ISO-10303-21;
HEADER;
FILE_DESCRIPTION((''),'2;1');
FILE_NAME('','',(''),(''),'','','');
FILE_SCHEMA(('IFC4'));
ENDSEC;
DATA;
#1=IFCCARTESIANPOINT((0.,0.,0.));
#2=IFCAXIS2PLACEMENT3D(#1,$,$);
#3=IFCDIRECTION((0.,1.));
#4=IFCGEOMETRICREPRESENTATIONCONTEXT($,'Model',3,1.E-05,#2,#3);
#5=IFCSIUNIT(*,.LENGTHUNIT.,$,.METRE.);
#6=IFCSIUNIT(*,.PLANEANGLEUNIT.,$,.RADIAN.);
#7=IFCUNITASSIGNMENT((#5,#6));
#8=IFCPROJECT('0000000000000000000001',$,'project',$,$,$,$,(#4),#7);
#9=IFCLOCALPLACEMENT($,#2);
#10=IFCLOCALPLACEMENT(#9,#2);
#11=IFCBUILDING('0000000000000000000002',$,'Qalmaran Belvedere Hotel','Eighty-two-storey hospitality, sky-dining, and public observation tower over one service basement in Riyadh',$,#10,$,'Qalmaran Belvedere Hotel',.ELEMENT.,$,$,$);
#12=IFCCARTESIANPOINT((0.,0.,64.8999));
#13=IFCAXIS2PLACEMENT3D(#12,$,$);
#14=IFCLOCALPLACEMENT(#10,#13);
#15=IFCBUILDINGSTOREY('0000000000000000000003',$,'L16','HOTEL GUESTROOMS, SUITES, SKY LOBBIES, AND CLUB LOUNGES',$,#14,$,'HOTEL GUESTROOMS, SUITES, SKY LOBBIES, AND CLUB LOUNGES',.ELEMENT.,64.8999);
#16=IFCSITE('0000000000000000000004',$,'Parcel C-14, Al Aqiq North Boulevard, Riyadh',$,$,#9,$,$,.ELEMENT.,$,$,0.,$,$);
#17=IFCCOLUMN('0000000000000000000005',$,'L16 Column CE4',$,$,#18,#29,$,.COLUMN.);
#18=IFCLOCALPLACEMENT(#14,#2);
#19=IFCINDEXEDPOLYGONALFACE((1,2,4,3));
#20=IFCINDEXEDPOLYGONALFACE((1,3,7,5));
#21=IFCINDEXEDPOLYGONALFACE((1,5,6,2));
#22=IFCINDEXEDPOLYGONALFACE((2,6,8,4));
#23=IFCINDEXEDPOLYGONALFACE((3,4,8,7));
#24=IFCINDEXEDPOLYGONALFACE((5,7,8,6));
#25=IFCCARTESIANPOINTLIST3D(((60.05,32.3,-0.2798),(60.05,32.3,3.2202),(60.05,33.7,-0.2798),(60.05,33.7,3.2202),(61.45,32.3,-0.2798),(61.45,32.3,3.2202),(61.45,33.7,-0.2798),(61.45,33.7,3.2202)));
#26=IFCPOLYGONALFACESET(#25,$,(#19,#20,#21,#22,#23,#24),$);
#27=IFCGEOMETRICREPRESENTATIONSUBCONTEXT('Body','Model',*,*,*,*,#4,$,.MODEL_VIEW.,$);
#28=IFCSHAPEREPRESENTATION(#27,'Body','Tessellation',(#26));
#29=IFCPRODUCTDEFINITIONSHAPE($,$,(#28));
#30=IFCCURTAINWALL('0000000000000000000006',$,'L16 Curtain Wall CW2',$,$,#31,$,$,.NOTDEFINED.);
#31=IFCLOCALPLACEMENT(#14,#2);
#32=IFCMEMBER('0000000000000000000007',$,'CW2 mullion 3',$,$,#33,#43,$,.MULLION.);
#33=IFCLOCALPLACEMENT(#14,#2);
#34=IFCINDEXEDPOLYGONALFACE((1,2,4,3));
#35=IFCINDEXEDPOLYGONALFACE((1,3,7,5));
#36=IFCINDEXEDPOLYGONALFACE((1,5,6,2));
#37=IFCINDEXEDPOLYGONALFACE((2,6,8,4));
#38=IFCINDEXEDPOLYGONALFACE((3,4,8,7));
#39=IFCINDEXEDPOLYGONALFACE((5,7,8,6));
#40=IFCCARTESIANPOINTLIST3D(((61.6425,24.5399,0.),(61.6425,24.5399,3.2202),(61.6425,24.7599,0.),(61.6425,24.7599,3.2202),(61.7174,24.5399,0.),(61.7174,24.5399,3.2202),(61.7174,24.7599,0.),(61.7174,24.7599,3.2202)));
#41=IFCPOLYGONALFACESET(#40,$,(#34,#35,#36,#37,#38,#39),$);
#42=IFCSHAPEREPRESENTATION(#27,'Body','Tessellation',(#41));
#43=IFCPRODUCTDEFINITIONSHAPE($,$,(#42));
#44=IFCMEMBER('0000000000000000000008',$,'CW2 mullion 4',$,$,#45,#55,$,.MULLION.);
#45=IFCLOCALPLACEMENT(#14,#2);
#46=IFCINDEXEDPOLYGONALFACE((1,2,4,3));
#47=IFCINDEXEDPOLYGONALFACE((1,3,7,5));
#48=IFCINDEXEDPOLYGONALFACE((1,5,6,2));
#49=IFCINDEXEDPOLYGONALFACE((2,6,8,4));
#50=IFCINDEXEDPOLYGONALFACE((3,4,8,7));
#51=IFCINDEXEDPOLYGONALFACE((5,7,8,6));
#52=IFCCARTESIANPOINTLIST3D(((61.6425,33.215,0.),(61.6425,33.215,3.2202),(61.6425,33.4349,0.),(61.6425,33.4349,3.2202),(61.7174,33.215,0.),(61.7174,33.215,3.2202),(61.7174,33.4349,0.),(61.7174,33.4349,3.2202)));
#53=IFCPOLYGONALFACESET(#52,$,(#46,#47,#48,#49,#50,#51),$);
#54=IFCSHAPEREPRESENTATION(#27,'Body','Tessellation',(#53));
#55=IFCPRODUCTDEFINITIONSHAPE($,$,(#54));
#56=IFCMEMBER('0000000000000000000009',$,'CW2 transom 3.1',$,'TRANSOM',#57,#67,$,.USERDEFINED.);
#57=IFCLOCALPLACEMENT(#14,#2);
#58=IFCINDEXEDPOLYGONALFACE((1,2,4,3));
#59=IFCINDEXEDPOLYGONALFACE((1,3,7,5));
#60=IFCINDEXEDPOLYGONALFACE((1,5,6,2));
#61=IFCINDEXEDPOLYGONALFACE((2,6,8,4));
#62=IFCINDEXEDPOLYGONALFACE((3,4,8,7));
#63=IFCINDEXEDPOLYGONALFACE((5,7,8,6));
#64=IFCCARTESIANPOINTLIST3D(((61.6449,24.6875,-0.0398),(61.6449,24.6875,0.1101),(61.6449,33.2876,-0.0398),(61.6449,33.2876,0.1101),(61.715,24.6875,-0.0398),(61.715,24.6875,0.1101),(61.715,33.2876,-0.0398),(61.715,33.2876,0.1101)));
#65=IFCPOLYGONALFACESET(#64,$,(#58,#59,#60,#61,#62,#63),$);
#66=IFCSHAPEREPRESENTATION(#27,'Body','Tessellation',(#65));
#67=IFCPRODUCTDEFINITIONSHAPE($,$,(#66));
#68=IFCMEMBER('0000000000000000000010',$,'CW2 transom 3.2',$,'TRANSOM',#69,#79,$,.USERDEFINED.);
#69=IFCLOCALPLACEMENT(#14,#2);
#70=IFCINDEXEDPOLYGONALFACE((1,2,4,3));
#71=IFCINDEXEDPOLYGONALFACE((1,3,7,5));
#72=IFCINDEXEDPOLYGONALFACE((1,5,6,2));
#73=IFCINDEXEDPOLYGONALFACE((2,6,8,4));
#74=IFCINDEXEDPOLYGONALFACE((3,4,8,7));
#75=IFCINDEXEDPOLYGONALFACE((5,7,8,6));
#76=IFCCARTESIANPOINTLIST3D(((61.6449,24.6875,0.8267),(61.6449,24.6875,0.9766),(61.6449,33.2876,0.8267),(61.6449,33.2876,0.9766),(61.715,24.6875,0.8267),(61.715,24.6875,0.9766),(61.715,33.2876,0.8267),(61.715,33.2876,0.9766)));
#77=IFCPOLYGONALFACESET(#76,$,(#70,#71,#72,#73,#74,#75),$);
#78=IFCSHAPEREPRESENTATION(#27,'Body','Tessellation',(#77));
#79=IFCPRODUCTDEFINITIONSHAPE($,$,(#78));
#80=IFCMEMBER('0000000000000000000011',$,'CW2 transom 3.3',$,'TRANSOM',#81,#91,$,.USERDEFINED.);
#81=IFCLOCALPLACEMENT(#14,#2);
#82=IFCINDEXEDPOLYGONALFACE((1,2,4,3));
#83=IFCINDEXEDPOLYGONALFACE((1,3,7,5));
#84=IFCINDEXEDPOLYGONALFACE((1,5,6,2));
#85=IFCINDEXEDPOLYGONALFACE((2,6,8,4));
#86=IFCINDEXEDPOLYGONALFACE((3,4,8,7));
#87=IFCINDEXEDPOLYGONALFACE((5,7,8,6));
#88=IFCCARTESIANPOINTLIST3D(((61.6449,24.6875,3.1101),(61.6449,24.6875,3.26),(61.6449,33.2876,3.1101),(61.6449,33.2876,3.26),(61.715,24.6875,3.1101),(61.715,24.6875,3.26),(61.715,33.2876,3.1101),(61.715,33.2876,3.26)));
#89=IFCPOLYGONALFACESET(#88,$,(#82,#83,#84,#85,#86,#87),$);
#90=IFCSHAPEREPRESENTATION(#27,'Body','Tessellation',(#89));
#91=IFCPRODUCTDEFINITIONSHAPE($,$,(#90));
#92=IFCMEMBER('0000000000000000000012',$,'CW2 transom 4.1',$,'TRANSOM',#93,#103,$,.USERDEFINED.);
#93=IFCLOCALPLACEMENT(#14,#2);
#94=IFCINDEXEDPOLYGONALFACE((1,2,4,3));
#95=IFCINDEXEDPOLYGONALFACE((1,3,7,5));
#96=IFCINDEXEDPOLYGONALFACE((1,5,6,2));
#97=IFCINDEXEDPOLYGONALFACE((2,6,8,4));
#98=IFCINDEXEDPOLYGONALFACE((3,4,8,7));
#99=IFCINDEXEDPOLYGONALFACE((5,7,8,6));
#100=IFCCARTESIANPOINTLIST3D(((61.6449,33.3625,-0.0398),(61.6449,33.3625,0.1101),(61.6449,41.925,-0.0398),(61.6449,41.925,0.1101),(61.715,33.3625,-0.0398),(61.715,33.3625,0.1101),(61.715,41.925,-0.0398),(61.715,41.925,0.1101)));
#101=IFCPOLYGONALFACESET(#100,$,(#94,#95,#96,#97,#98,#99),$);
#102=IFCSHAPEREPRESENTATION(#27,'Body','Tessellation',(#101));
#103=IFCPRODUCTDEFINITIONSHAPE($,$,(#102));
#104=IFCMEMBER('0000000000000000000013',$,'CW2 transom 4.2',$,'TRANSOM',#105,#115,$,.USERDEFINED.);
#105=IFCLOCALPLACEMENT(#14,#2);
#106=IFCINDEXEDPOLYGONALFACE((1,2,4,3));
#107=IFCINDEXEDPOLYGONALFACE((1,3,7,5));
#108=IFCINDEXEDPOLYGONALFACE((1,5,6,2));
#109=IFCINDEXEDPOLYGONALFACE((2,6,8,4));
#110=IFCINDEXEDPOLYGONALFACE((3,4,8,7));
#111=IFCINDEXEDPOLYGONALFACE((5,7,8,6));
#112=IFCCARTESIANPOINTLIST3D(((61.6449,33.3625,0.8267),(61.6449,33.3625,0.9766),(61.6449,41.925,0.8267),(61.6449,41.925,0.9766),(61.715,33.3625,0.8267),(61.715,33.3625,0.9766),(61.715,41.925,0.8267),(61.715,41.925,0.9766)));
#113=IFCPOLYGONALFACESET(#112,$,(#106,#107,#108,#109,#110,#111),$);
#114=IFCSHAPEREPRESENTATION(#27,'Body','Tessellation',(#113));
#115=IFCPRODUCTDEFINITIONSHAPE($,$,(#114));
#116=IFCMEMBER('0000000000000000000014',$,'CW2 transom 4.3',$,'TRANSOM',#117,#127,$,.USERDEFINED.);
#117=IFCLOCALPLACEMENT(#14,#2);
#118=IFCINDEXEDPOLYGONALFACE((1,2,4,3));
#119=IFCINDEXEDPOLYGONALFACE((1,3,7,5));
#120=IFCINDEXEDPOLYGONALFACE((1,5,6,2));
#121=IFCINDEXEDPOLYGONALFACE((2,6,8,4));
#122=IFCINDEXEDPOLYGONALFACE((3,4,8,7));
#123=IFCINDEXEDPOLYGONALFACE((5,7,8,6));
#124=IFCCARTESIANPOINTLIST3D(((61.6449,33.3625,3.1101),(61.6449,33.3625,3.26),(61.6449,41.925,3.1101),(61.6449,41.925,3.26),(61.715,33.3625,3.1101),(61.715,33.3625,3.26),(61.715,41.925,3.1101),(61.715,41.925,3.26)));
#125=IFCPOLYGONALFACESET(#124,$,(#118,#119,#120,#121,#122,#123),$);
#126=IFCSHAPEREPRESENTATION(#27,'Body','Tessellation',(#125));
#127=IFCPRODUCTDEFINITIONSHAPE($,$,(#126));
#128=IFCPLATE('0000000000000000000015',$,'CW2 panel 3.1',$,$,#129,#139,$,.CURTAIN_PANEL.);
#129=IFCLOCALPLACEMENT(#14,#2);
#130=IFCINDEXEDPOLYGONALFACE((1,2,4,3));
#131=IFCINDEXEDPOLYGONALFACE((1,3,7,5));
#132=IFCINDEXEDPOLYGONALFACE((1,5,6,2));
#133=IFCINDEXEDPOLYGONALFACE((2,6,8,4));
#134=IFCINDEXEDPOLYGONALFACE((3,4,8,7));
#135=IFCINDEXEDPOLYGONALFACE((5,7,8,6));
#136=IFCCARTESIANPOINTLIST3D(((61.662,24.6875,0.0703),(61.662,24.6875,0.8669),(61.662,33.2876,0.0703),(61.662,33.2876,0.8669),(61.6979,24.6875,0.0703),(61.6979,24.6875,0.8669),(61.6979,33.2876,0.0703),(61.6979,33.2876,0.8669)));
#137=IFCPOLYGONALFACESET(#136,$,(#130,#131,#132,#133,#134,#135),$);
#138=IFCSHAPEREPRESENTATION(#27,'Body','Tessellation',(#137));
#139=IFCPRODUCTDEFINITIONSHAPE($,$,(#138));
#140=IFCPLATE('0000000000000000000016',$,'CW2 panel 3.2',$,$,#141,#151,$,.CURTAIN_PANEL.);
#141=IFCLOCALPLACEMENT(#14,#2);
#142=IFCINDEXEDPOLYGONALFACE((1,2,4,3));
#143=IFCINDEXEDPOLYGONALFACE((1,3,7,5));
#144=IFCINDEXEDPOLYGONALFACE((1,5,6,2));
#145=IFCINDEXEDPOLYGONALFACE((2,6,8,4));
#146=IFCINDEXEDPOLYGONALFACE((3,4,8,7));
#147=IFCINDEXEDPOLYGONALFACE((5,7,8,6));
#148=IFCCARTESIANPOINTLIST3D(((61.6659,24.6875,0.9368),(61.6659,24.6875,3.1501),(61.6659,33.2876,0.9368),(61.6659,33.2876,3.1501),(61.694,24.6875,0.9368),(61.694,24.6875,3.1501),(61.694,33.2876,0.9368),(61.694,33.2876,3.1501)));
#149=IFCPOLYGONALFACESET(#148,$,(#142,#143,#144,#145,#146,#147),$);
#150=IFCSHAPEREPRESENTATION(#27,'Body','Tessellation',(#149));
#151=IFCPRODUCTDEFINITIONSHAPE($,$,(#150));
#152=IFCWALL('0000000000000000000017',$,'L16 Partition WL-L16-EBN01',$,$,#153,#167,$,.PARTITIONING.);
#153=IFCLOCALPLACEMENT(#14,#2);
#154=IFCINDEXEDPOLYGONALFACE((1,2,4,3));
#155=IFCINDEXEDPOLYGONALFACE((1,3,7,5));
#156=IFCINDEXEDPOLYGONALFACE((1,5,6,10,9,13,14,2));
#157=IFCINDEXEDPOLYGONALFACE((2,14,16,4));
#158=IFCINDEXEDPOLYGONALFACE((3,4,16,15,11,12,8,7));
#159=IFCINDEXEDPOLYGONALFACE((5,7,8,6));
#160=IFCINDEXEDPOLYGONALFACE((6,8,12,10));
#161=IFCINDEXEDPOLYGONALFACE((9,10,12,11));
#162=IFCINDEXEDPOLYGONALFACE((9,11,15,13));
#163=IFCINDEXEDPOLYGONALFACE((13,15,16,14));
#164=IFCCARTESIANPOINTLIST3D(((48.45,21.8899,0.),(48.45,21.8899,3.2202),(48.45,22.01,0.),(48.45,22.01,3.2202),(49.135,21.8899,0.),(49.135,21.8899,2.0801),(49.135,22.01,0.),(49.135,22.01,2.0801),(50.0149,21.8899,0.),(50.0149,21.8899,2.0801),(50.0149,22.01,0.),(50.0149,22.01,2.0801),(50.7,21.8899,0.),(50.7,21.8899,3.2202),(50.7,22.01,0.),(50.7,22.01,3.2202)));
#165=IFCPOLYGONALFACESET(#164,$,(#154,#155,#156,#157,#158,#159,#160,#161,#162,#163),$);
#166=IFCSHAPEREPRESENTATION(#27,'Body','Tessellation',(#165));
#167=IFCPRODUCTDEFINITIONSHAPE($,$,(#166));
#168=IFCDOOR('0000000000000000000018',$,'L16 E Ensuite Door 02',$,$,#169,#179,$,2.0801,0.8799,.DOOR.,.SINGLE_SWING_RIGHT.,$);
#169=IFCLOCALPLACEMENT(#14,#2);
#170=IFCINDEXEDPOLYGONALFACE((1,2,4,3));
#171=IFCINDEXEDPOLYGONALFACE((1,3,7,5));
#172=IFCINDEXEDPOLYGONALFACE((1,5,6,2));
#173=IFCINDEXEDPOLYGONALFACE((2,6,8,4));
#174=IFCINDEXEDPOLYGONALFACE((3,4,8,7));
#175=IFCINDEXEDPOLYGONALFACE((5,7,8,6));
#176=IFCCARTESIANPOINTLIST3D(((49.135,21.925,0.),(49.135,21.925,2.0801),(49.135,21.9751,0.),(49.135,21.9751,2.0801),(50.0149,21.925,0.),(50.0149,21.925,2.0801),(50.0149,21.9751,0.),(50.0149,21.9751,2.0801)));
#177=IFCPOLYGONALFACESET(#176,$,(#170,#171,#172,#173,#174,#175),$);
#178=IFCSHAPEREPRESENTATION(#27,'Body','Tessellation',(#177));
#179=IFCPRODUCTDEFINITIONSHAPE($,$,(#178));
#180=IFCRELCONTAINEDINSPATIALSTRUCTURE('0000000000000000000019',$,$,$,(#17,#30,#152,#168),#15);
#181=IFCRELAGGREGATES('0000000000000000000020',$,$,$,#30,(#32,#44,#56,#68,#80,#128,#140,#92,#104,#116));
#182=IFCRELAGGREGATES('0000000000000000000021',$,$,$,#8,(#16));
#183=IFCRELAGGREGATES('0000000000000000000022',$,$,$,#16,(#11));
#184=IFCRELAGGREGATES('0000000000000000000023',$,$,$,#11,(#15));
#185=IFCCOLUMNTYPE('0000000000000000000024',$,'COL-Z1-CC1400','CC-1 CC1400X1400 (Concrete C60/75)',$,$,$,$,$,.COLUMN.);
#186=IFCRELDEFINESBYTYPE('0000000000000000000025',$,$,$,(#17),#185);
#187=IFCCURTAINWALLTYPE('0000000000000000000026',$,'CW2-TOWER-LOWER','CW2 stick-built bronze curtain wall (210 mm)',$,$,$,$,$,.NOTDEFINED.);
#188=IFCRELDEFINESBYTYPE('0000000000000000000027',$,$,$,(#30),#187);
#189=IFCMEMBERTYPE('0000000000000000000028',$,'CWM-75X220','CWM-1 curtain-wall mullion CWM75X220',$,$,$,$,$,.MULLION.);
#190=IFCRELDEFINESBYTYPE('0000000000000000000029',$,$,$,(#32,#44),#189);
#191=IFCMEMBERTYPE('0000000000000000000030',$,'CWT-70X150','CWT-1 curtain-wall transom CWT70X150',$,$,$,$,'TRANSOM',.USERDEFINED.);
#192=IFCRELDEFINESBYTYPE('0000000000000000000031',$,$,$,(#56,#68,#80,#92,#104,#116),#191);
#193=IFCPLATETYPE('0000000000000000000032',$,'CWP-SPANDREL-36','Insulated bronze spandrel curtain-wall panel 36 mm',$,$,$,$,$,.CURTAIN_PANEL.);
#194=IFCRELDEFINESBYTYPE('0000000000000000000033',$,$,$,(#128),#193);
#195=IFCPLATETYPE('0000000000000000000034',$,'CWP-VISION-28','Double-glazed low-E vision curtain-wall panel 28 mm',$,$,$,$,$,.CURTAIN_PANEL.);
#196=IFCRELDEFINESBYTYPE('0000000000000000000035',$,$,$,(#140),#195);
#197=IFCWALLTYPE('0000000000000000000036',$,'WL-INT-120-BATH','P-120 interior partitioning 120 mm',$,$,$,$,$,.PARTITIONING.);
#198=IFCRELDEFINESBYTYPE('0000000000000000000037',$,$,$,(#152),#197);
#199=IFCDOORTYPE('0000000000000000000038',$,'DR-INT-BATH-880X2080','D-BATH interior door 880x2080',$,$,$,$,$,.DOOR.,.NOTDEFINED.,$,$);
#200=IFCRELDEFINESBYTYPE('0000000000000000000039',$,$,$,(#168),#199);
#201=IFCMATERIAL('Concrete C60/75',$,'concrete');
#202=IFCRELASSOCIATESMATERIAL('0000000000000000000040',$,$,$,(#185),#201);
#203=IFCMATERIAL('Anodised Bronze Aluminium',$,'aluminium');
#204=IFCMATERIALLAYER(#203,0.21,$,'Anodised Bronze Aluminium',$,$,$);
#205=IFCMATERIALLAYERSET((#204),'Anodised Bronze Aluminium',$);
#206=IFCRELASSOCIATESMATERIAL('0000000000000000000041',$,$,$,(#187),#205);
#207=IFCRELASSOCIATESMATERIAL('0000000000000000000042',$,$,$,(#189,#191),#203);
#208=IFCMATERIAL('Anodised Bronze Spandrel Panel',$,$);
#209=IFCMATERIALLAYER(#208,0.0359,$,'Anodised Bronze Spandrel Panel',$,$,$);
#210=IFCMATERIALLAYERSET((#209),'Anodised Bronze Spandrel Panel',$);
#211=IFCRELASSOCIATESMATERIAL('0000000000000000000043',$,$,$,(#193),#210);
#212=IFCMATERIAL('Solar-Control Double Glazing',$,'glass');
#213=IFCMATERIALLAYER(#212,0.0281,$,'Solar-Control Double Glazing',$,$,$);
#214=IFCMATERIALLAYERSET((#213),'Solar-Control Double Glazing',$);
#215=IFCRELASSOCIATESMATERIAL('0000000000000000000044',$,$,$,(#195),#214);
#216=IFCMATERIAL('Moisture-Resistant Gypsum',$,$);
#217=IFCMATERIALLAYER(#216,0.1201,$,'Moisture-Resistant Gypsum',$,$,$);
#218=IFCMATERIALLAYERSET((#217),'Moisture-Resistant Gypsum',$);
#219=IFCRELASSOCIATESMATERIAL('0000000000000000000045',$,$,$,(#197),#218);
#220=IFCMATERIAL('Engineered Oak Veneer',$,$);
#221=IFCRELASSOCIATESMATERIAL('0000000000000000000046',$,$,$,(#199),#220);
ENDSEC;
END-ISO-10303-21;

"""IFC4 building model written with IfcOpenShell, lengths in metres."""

from ifc_helpers import new_model, si_unit, direction, frame, frame_2d, origin, origin_2d, place, context, subcontext, project, spatial, rectangle, extrude, material, layer, layer_set, material_profile, profile_set, type_object, element, fill, aggregate, save


model = new_model("IFC4")

# Units and contexts
model_context = context("Model", 3, precision=1e-05, world=origin(), true_north=direction((0.0, 1.0)))
body_context = subcontext(model_context, "Body", "Model", "MODEL_VIEW")
ifc_project = project(units=[si_unit("LENGTHUNIT", "METRE"), si_unit("PLANEANGLEUNIT", "RADIAN")], contexts=[model_context])

# Site, building, storey
site_placement = place(None, origin())
site = spatial("IfcSite", under=ifc_project, at=site_placement, Name="Parcel C-14, Al Aqiq North Boulevard, Riyadh", CompositionType="ELEMENT", RefElevation=0.0)
building_placement = place(site_placement, origin())
building = spatial("IfcBuilding", under=site, at=building_placement, Name="Qalmaran Belvedere Hotel", Description="Eighty-two-storey hospitality, sky-dining, and public observation tower over one service basement in Riyadh", LongName="Qalmaran Belvedere Hotel", CompositionType="ELEMENT")
storey_placement = place(building_placement, frame((0.0, 0.0, 64.8999)))
storey = spatial("IfcBuildingStorey", under=building, at=storey_placement, Name="L16", Description="HOTEL GUESTROOMS, SUITES, SKY LOBBIES, AND CLUB LOUNGES", LongName="HOTEL GUESTROOMS, SUITES, SKY LOBBIES, AND CLUB LOUNGES", CompositionType="ELEMENT", Elevation=64.8999)

# Column
ifc_material_1 = material(Name="Concrete C60/75", Category="concrete")
ifc_material_profile_1 = material_profile(ifc_material_1, rectangle(XDim=1.3999, YDim=1.3999, at=origin_2d()), Name="CC1400X1400")
ifc_profile_set_1 = profile_set([ifc_material_profile_1], Name="Concrete C60/75")
column_type = type_object("IfcColumnType", Name="COL-Z1-CC1400", Description="CC-1 CC1400X1400 (Concrete C60/75)", PredefinedType="COLUMN", material=ifc_profile_set_1)
column_placement = place(storey_placement, frame((60.75, 33.0, -0.2798), z_axis=(0.0, 0.0, 1.0), x_axis=(1.0, 0.0, 0.0)))
element("IfcColumn", 1, at=column_placement, inside=storey, type_object=column_type, Name="L16 Column CE4", PredefinedType="COLUMN", context=body_context, shape_type="SweptSolid", body=[
    extrude(rectangle(XDim=1.3999, YDim=1.3999, at=origin_2d()), origin(), (0.0, 0.0, 1.0), 3.5),
])

# Curtain wall, members, plates
ifc_material_2 = material(Name="Anodised Bronze Aluminium", Category="aluminium")
ifc_layer_1 = layer(ifc_material_2, 0.21, Name="Anodised Bronze Aluminium")
ifc_layer_set_1 = layer_set([ifc_layer_1], Name="Anodised Bronze Aluminium")
curtain_wall_type = type_object("IfcCurtainWallType", Name="CW2-TOWER-LOWER", Description="CW2 stick-built bronze curtain wall (210 mm)", PredefinedType="NOTDEFINED", material=ifc_layer_set_1)
curtain_wall_placement = place(storey_placement, origin())
curtain_wall = element("IfcCurtainWall", 2, at=curtain_wall_placement, inside=storey, type_object=curtain_wall_type, Name="L16 Curtain Wall CW2", PredefinedType="NOTDEFINED")
ifc_material_profile_2 = material_profile(ifc_material_2, rectangle(XDim=0.075, YDim=0.22, at=origin_2d()), Name="CWM75X220")
ifc_profile_set_2 = profile_set([ifc_material_profile_2], Name="Anodised Bronze Aluminium")
member_type_1 = type_object("IfcMemberType", Name="CWM-75X220", Description="CWM-1 curtain-wall mullion CWM75X220", PredefinedType="MULLION", material=ifc_profile_set_2)
member_1_placement = place(storey_placement, frame((61.6799, 24.6499, 0.0), z_axis=(0.0, 0.0, 1.0), x_axis=(-1.0, 0.0, 0.0)))
member_1 = element("IfcMember", 3, at=member_1_placement, type_object=member_type_1, Name="CW2 mullion 3", PredefinedType="MULLION", context=body_context, shape_type="SweptSolid", body=[
    extrude(rectangle(XDim=0.075, YDim=0.22, at=origin_2d()), origin(), (0.0, 0.0, 1.0), 3.2202),
])
member_2_placement = place(storey_placement, frame((61.6799, 33.325, 0.0), z_axis=(0.0, 0.0, 1.0), x_axis=(-1.0, 0.0, 0.0)))
member_2 = element("IfcMember", 4, at=member_2_placement, type_object=member_type_1, Name="CW2 mullion 4", PredefinedType="MULLION", context=body_context, shape_type="SweptSolid", body=[
    extrude(rectangle(XDim=0.075, YDim=0.22, at=origin_2d()), origin(), (0.0, 0.0, 1.0), 3.2202),
])
ifc_material_profile_3 = material_profile(ifc_material_2, rectangle(XDim=0.0701, YDim=0.1499, at=origin_2d()), Name="CWT70X150")
ifc_profile_set_3 = profile_set([ifc_material_profile_3], Name="Anodised Bronze Aluminium")
member_type_2 = type_object("IfcMemberType", Name="CWT-70X150", Description="CWT-1 curtain-wall transom CWT70X150", ElementType="TRANSOM", PredefinedType="USERDEFINED", material=ifc_profile_set_3)
member_3_placement = place(storey_placement, frame((61.6799, 24.6875, 0.0352), z_axis=(0.0, 1.0, 0.0), x_axis=(-1.0, 0.0, 0.0)))
member_3 = element("IfcMember", 5, at=member_3_placement, type_object=member_type_2, Name="CW2 transom 3.1", ObjectType="TRANSOM", PredefinedType="USERDEFINED", context=body_context, shape_type="SweptSolid", body=[
    extrude(rectangle(XDim=0.0701, YDim=0.1499, at=origin_2d()), origin(), (0.0, 0.0, 1.0), 8.6001),
])
member_4_placement = place(storey_placement, frame((61.6799, 24.6875, 0.9016), z_axis=(0.0, 1.0, 0.0), x_axis=(-1.0, 0.0, 0.0)))
member_4 = element("IfcMember", 6, at=member_4_placement, type_object=member_type_2, Name="CW2 transom 3.2", ObjectType="TRANSOM", PredefinedType="USERDEFINED", context=body_context, shape_type="SweptSolid", body=[
    extrude(rectangle(XDim=0.0701, YDim=0.1499, at=origin_2d()), origin(), (0.0, 0.0, 1.0), 8.6001),
])
member_5_placement = place(storey_placement, frame((61.6799, 24.6875, 3.1851), z_axis=(0.0, 1.0, 0.0), x_axis=(-1.0, 0.0, 0.0)))
member_5 = element("IfcMember", 7, at=member_5_placement, type_object=member_type_2, Name="CW2 transom 3.3", ObjectType="TRANSOM", PredefinedType="USERDEFINED", context=body_context, shape_type="SweptSolid", body=[
    extrude(rectangle(XDim=0.0701, YDim=0.1499, at=origin_2d()), origin(), (0.0, 0.0, 1.0), 8.6001),
])
member_6_placement = place(storey_placement, frame((61.6799, 33.3625, 0.0352), z_axis=(0.0, 1.0, 0.0), x_axis=(-1.0, 0.0, 0.0)))
member_6 = element("IfcMember", 8, at=member_6_placement, type_object=member_type_2, Name="CW2 transom 4.1", ObjectType="TRANSOM", PredefinedType="USERDEFINED", context=body_context, shape_type="SweptSolid", body=[
    extrude(rectangle(XDim=0.0701, YDim=0.1499, at=origin_2d()), origin(), (0.0, 0.0, 1.0), 8.5625),
])
member_7_placement = place(storey_placement, frame((61.6799, 33.3625, 0.9016), z_axis=(0.0, 1.0, 0.0), x_axis=(-1.0, 0.0, 0.0)))
member_7 = element("IfcMember", 9, at=member_7_placement, type_object=member_type_2, Name="CW2 transom 4.2", ObjectType="TRANSOM", PredefinedType="USERDEFINED", context=body_context, shape_type="SweptSolid", body=[
    extrude(rectangle(XDim=0.0701, YDim=0.1499, at=origin_2d()), origin(), (0.0, 0.0, 1.0), 8.5625),
])
member_8_placement = place(storey_placement, frame((61.6799, 33.3625, 3.1851), z_axis=(0.0, 1.0, 0.0), x_axis=(-1.0, 0.0, 0.0)))
member_8 = element("IfcMember", 10, at=member_8_placement, type_object=member_type_2, Name="CW2 transom 4.3", ObjectType="TRANSOM", PredefinedType="USERDEFINED", context=body_context, shape_type="SweptSolid", body=[
    extrude(rectangle(XDim=0.0701, YDim=0.1499, at=origin_2d()), origin(), (0.0, 0.0, 1.0), 8.5625),
])
ifc_material_3 = material(Name="Anodised Bronze Spandrel Panel")
ifc_layer_2 = layer(ifc_material_3, 0.0359, Name="Anodised Bronze Spandrel Panel")
ifc_layer_set_2 = layer_set([ifc_layer_2], Name="Anodised Bronze Spandrel Panel")
plate_type_1 = type_object("IfcPlateType", Name="CWP-SPANDREL-36", Description="Insulated bronze spandrel curtain-wall panel 36 mm", PredefinedType="CURTAIN_PANEL", material=ifc_layer_set_2)
plate_1_placement = place(storey_placement, frame((61.6799, 28.9875, 0.0703), z_axis=(0.0, 0.0, 1.0), x_axis=(0.0, 1.0, 0.0)))
plate_1 = element("IfcPlate", 11, at=plate_1_placement, type_object=plate_type_1, Name="CW2 panel 3.1", PredefinedType="CURTAIN_PANEL", context=body_context, shape_type="SweptSolid", body=[
    extrude(rectangle(XDim=8.6001, YDim=0.0359, at=origin_2d()), origin(), (0.0, 0.0, 1.0), 0.7966),
])
ifc_material_4 = material(Name="Solar-Control Double Glazing", Category="glass")
ifc_layer_3 = layer(ifc_material_4, 0.0281, Name="Solar-Control Double Glazing")
ifc_layer_set_3 = layer_set([ifc_layer_3], Name="Solar-Control Double Glazing")
plate_type_2 = type_object("IfcPlateType", Name="CWP-VISION-28", Description="Double-glazed low-E vision curtain-wall panel 28 mm", PredefinedType="CURTAIN_PANEL", material=ifc_layer_set_3)
plate_2_placement = place(storey_placement, frame((61.6799, 28.9875, 0.9368), z_axis=(0.0, 0.0, 1.0), x_axis=(0.0, 1.0, 0.0)))
plate_2 = element("IfcPlate", 12, at=plate_2_placement, type_object=plate_type_2, Name="CW2 panel 3.2", PredefinedType="CURTAIN_PANEL", context=body_context, shape_type="SweptSolid", body=[
    extrude(rectangle(XDim=8.6001, YDim=0.0281, at=origin_2d()), origin(), (0.0, 0.0, 1.0), 2.2134),
])
aggregate(curtain_wall, [member_1, member_2, member_3, member_4, member_5, plate_1, plate_2, member_6, member_7, member_8])

# Wall, opening, door
ifc_material_5 = material(Name="Moisture-Resistant Gypsum")
ifc_layer_4 = layer(ifc_material_5, 0.1201, Name="Moisture-Resistant Gypsum")
ifc_layer_set_4 = layer_set([ifc_layer_4], Name="Moisture-Resistant Gypsum")
wall_type_1 = type_object("IfcWallType", Name="WL-INT-120-BATH", Description="P-120 interior partitioning 120 mm", PredefinedType="PARTITIONING", material=ifc_layer_set_4)
wall_1_placement = place(storey_placement, frame((48.45, 21.95, 0.0), z_axis=(0.0, 0.0, 1.0), x_axis=(1.0, 0.0, 0.0)))
wall_1 = element("IfcWall", 13, at=wall_1_placement, inside=storey, type_object=wall_type_1, Name="L16 Partition WL-L16-EBN01", PredefinedType="PARTITIONING", context=body_context, shape_type="SweptSolid", body=[
    extrude(rectangle(XDim=2.25, YDim=0.1201, at=frame_2d((1.125, 0.0))), origin(), (0.0, 0.0, 1.0), 3.2202),
])
opening_1_placement = place(wall_1_placement, frame((1.5649, 0.0, 0.0), z_axis=(0.0, 0.0, 1.0), x_axis=(-1.0, 0.0, 0.0)))
opening_1 = element("IfcOpeningElement", 14, at=opening_1_placement, cuts=wall_1, PredefinedType="OPENING", context=body_context, shape_type="SweptSolid", body=[
    extrude(rectangle(XDim=0.8799, YDim=2.0801, at=frame_2d((0.4399, 1.04))), frame((0.0, 0.0701, 0.0), z_axis=(0.0, -1.0, 0.0), x_axis=(1.0, 0.0, 0.0)), (0.0, 0.0, 1.0), 0.1401),
])
ifc_material_6 = material(Name="Engineered Oak Veneer")
door_type_1 = type_object("IfcDoorType", Name="DR-INT-BATH-880X2080", Description="D-BATH interior door 880x2080", OperationType="NOTDEFINED", PredefinedType="DOOR", material=ifc_material_6)
door_1_placement = place(opening_1_placement, origin())
door_1 = element("IfcDoor", 15, at=door_1_placement, inside=storey, type_object=door_type_1, Name="L16 E Ensuite Door 02", OperationType="SINGLE_SWING_RIGHT", OverallHeight=2.0801, OverallWidth=0.8799, PredefinedType="DOOR", context=body_context, shape_type="SweptSolid", body=[
    extrude(rectangle(XDim=0.8799, YDim=2.0801, at=frame_2d((0.4399, 1.04))), frame((0.0, 0.0249, 0.0), z_axis=(0.0, -1.0, 0.0), x_axis=(1.0, 0.0, 0.0)), (0.0, 0.0, 1.0), 0.05),
])
fill(opening_1, door_1)

save(model, "model.ifc")
